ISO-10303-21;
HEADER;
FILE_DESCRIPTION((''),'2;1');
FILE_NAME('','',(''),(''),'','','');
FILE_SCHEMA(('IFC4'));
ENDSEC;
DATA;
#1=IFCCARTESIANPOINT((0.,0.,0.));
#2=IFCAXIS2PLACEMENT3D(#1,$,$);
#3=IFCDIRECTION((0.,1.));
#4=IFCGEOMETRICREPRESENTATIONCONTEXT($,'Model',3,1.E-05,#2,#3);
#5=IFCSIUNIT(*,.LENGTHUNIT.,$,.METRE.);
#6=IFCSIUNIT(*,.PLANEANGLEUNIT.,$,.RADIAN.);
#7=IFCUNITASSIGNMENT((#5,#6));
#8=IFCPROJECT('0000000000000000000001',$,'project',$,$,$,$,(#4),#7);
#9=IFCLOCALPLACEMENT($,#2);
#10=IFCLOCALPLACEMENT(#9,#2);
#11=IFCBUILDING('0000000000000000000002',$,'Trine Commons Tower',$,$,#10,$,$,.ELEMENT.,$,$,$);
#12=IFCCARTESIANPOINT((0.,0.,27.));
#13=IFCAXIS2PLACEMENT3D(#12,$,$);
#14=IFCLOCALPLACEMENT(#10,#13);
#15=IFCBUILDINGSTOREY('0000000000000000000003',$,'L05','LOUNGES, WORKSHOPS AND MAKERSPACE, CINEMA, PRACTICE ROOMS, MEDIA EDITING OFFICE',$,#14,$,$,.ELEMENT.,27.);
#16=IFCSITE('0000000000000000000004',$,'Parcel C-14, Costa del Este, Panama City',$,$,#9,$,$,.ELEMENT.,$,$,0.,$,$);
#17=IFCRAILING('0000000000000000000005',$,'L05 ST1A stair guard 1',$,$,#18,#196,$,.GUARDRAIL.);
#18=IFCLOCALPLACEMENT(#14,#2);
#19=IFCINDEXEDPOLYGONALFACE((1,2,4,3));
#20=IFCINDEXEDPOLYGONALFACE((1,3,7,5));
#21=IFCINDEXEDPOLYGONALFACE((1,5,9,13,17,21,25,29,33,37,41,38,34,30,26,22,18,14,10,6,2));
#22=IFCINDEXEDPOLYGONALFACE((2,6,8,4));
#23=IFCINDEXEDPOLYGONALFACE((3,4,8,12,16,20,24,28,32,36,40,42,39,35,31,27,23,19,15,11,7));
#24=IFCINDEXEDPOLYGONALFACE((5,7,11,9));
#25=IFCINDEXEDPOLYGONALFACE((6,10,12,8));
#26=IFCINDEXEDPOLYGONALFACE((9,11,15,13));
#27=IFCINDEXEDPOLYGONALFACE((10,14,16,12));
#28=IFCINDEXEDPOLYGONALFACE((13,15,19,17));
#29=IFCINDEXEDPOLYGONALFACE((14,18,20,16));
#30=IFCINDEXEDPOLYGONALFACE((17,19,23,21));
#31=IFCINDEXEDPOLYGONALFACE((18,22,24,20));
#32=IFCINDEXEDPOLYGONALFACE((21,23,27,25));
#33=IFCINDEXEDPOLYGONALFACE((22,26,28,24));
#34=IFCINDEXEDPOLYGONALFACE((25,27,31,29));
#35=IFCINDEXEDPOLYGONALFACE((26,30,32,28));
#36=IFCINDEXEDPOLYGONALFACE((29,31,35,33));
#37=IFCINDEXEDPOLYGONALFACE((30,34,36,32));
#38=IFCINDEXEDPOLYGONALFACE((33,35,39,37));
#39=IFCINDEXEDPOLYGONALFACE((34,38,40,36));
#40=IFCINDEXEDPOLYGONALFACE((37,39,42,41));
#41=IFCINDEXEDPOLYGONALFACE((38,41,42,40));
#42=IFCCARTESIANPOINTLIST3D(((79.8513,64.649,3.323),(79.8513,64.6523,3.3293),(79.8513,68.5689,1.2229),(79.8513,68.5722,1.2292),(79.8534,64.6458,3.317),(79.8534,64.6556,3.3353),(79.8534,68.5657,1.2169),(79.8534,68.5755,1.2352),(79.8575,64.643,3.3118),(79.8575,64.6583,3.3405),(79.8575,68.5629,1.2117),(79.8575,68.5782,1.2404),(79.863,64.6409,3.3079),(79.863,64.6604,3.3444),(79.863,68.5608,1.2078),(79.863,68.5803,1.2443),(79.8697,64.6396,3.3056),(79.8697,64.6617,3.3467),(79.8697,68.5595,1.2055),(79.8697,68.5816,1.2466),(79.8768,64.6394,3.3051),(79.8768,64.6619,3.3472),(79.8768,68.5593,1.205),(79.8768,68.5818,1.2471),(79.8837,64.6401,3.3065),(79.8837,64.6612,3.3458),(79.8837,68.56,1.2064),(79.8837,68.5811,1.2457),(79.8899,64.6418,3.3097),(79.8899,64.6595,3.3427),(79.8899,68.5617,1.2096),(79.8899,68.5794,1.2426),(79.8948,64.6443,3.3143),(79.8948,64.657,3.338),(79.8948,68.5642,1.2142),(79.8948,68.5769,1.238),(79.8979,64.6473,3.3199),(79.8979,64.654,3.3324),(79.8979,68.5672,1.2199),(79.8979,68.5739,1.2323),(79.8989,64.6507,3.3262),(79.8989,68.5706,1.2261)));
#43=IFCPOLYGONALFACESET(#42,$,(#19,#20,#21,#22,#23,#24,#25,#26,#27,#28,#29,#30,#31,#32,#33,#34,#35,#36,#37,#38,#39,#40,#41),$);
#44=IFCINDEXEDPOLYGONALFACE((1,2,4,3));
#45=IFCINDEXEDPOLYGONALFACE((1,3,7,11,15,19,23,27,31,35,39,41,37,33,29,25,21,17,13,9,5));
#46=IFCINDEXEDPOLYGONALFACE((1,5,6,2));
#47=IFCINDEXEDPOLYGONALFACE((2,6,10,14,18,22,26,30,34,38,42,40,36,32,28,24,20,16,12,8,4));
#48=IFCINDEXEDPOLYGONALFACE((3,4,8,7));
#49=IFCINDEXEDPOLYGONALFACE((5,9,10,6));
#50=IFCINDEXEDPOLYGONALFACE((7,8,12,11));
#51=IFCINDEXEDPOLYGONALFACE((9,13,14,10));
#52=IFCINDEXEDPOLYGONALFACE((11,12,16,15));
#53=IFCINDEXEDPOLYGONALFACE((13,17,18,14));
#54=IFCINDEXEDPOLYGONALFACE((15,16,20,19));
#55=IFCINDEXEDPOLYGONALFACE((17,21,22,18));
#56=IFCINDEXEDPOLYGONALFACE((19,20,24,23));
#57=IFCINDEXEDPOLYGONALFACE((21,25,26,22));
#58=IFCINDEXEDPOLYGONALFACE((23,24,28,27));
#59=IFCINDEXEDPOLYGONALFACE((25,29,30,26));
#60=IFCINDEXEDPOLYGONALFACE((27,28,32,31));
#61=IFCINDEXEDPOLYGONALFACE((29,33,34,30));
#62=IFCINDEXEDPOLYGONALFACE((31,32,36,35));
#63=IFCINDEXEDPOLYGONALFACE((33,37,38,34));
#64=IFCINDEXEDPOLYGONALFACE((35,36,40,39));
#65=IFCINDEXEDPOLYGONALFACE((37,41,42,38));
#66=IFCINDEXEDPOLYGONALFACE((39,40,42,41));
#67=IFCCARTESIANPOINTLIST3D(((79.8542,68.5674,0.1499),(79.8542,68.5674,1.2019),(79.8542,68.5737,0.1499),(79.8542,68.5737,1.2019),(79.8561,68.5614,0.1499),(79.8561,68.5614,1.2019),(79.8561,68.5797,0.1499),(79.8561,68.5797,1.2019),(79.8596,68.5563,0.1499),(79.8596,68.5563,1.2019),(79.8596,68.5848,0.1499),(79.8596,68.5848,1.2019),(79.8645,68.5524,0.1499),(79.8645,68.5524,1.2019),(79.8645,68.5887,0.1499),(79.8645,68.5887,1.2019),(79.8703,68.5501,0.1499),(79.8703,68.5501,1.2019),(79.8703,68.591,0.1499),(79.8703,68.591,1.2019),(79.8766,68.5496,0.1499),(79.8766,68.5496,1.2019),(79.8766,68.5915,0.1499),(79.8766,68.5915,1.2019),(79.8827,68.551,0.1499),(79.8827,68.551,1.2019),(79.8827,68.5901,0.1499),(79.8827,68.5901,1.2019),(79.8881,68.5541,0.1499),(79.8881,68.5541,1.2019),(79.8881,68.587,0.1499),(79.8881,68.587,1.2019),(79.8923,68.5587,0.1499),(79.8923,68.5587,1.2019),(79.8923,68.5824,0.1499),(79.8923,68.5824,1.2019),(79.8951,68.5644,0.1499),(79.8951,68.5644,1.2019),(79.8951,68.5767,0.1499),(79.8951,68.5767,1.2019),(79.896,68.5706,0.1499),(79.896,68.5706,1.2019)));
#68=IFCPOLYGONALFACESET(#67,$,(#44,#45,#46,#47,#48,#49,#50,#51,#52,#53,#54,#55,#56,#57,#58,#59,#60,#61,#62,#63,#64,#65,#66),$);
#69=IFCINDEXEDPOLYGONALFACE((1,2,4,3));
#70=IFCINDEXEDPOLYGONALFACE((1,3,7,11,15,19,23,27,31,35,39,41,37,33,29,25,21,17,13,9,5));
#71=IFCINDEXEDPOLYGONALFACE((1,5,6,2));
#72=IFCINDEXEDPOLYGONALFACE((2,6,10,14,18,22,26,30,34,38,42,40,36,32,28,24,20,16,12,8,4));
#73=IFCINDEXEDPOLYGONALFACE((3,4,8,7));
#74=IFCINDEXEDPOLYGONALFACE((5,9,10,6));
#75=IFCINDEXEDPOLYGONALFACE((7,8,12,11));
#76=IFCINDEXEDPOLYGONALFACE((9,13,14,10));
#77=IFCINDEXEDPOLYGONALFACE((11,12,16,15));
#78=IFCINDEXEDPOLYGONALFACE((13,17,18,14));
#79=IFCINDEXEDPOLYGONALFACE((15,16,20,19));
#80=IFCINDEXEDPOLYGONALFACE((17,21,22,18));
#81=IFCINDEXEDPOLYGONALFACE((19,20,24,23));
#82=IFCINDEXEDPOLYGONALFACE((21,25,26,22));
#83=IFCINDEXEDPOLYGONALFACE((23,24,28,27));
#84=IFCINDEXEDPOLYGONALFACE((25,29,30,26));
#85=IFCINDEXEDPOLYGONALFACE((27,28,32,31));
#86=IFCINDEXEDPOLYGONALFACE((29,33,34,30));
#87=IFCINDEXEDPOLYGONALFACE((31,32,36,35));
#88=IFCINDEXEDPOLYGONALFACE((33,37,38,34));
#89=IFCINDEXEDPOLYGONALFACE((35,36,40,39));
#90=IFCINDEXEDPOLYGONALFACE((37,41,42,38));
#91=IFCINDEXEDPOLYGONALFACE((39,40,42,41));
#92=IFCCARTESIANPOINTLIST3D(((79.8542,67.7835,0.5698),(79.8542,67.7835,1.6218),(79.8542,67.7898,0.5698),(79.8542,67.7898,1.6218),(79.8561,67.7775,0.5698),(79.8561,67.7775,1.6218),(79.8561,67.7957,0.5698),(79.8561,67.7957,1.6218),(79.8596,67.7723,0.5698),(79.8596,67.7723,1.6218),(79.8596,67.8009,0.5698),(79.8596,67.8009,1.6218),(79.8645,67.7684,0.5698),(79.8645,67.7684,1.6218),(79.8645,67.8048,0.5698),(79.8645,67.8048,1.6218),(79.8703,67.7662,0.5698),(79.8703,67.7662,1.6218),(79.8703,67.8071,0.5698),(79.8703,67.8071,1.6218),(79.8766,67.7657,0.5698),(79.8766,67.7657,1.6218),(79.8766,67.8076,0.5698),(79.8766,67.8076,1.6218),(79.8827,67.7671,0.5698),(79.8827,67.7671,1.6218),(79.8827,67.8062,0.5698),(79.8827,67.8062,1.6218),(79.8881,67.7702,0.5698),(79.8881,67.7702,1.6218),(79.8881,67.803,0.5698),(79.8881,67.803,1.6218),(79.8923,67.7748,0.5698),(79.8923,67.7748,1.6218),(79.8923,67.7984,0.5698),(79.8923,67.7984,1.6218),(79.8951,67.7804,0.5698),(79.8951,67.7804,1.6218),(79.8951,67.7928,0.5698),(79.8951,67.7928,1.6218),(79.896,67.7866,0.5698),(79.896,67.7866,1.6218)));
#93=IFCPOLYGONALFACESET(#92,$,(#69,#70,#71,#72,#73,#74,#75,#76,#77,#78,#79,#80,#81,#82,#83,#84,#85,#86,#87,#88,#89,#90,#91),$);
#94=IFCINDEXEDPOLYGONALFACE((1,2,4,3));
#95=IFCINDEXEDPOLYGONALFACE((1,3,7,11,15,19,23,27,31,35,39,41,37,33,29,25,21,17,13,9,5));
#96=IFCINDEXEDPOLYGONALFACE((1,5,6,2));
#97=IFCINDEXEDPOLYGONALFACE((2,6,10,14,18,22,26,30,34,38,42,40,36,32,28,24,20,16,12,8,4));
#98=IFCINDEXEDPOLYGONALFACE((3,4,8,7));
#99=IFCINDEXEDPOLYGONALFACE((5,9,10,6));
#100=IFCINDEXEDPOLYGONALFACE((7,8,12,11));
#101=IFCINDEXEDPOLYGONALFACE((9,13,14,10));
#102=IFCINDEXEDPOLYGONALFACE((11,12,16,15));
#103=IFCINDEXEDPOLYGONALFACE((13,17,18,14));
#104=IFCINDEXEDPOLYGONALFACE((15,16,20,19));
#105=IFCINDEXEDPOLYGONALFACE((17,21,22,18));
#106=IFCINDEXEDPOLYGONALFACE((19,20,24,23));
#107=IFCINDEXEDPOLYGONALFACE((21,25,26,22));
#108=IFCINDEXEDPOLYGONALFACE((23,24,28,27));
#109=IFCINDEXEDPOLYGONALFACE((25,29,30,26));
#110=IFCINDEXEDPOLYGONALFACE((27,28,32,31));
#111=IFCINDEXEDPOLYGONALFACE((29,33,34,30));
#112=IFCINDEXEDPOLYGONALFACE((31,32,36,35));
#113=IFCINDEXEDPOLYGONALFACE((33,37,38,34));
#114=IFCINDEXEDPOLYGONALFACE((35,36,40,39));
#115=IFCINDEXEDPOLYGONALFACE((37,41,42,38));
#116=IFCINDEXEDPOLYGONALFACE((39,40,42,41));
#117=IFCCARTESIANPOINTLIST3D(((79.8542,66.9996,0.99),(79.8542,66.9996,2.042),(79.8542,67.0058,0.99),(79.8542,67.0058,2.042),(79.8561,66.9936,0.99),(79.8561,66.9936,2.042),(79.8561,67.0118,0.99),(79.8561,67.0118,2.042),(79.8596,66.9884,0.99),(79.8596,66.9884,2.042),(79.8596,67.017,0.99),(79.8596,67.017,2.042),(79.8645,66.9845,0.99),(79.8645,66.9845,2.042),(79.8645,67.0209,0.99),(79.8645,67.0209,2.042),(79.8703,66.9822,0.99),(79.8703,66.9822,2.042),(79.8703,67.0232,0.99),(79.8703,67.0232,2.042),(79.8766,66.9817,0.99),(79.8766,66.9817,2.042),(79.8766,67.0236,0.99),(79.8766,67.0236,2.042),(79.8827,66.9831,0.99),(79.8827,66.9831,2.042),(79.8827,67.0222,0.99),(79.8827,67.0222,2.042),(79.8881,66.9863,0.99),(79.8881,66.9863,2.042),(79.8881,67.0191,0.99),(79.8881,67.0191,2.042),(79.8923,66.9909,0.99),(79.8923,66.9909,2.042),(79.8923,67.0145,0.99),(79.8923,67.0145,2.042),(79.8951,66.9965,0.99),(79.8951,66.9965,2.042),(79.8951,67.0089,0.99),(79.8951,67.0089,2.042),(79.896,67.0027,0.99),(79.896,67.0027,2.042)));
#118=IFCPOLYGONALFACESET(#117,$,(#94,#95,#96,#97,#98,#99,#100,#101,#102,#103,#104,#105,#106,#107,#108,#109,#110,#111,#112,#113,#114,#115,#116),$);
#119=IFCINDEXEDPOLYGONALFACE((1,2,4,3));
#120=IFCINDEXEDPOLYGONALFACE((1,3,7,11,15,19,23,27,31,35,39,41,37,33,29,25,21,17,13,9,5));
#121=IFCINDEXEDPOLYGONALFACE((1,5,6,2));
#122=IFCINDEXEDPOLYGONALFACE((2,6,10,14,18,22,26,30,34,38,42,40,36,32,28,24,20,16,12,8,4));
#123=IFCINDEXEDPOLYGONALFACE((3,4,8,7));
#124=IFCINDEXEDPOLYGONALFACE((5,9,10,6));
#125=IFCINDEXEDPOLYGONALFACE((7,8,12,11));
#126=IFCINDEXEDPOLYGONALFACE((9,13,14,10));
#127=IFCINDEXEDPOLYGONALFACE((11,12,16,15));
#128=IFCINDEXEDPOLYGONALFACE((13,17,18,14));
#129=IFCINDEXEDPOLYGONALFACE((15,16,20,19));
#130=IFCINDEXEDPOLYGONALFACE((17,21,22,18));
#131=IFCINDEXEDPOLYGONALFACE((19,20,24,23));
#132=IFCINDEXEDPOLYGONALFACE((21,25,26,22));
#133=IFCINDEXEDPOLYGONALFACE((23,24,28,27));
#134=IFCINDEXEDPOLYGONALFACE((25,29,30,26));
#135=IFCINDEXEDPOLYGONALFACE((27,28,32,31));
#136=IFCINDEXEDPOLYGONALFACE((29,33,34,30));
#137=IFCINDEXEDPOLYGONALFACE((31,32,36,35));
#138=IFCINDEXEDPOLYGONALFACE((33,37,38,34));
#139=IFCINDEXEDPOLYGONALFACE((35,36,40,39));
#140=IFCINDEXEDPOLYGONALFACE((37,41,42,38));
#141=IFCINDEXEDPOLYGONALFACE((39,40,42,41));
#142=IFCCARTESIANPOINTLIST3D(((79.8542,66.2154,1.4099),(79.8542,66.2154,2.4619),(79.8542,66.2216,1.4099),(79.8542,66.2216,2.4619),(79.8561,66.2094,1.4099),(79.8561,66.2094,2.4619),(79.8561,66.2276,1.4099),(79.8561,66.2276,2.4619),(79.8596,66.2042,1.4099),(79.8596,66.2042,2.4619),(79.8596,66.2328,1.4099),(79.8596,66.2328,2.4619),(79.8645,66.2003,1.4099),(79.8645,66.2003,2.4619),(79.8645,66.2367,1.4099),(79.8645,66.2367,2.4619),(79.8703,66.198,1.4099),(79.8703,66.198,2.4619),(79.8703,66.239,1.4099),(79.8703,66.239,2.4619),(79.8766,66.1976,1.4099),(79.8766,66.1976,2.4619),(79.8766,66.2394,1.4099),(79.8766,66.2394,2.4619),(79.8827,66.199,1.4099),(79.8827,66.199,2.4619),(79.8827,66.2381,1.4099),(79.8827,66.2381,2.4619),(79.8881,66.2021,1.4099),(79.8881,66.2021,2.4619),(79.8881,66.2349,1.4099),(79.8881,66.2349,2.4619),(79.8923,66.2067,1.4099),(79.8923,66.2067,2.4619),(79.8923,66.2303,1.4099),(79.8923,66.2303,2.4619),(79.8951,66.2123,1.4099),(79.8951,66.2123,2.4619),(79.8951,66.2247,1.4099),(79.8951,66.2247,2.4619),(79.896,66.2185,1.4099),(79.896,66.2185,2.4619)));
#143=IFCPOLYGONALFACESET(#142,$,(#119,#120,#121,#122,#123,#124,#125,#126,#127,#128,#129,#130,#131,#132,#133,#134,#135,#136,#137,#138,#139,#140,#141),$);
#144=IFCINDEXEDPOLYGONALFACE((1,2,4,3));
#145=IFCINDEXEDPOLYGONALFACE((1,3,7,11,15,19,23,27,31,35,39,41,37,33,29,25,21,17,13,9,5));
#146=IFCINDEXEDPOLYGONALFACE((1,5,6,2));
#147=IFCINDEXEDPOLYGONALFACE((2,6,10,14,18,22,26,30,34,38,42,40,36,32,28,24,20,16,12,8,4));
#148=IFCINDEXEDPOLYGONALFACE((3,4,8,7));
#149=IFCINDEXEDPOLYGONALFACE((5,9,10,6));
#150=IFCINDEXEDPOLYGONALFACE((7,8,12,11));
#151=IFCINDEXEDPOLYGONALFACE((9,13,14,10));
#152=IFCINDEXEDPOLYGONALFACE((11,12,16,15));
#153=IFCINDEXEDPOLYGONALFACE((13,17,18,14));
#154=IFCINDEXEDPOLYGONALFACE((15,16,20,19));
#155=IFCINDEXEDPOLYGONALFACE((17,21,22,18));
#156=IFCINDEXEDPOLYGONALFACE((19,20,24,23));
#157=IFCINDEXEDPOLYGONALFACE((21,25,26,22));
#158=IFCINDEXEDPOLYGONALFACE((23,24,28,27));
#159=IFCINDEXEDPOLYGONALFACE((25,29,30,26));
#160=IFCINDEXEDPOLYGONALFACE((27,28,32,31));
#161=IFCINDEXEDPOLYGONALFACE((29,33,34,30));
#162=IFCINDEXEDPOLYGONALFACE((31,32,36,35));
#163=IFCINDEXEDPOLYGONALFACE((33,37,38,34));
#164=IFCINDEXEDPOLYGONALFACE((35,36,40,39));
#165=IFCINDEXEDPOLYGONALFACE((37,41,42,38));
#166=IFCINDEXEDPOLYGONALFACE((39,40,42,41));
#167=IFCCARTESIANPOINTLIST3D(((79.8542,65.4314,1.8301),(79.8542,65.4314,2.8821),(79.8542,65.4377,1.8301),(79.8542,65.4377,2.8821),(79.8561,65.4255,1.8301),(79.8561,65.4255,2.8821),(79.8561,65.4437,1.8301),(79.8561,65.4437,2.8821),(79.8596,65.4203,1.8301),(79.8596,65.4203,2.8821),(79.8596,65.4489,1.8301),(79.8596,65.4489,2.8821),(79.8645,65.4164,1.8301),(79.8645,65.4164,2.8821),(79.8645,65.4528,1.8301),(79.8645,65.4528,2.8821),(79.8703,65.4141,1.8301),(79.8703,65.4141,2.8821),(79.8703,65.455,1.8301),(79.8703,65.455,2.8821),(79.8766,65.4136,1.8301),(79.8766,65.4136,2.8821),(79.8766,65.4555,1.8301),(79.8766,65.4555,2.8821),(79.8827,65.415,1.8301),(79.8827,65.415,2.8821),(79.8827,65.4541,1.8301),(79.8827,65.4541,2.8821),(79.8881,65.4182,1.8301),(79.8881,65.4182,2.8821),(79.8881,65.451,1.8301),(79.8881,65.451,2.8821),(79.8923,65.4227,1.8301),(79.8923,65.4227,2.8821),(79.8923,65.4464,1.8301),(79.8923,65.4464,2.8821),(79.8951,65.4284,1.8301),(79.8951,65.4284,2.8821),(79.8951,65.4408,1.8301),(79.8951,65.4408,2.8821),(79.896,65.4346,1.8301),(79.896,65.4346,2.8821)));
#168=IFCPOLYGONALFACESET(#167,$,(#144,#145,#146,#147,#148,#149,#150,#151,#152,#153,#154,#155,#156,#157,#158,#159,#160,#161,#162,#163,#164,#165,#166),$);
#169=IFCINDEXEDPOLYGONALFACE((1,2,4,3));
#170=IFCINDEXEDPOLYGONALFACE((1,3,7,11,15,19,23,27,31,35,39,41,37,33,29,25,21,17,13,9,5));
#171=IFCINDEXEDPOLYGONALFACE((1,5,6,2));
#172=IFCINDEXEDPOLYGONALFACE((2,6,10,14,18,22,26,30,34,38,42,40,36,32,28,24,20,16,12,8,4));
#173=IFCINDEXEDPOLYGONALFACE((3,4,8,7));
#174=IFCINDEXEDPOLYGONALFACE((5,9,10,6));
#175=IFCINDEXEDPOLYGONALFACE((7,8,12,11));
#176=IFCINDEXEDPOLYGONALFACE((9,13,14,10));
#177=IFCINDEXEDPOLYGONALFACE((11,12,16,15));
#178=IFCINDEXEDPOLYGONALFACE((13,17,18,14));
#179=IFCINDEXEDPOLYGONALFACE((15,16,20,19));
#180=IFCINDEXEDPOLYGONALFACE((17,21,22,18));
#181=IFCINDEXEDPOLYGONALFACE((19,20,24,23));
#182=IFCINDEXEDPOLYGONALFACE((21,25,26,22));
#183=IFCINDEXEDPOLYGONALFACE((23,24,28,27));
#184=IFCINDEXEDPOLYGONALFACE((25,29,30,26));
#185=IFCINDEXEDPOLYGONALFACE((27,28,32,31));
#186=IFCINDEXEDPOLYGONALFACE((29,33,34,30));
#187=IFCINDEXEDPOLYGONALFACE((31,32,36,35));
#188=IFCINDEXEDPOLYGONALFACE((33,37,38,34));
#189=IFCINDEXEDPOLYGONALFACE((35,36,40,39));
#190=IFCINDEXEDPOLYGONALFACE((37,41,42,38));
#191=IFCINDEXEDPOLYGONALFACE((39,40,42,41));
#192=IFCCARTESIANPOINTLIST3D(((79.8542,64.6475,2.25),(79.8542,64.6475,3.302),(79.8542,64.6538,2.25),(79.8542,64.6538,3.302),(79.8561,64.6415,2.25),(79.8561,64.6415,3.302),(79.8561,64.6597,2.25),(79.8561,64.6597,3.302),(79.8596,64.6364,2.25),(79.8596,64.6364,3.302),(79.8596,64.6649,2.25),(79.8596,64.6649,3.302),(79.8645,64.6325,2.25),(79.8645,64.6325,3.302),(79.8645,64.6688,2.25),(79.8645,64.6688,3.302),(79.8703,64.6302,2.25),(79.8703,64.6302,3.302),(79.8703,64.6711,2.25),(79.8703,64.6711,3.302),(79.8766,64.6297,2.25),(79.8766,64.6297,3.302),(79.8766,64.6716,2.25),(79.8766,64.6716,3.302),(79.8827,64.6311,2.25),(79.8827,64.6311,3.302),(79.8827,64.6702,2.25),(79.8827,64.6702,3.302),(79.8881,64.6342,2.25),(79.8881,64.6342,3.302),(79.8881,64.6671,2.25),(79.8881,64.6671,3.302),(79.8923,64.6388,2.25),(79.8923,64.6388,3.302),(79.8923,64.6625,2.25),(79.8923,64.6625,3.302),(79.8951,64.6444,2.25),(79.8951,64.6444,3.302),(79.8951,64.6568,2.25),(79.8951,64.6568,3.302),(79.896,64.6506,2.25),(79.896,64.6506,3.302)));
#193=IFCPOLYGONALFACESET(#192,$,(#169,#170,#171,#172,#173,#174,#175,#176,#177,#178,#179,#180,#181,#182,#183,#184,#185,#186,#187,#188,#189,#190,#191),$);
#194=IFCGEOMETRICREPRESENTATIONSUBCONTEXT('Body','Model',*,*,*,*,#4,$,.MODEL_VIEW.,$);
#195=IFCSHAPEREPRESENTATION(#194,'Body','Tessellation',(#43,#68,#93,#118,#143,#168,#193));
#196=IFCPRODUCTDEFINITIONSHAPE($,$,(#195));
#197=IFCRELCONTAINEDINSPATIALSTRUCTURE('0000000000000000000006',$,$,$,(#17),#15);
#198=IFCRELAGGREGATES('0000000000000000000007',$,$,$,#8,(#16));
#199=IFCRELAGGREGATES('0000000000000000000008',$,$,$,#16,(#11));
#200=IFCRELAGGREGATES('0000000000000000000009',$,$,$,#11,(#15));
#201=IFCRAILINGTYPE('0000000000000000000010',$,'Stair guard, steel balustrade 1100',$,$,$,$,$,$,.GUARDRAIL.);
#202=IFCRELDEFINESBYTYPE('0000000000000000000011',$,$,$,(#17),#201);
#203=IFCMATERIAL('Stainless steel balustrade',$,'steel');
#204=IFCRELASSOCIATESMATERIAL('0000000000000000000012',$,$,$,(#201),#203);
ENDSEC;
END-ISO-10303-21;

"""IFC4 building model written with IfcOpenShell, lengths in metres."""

from ifc_helpers import new_model, si_unit, direction, frame, origin, origin_2d, place, context, subcontext, project, spatial, circle, extrude, material, type_object, element, save


model = new_model("IFC4")

# Units and contexts
model_context = context("Model", 3, precision=1e-05, world=origin(), true_north=direction((0.0, 1.0)))
body_context = subcontext(model_context, "Body", "Model", "MODEL_VIEW")
ifc_project = project(units=[si_unit("LENGTHUNIT", "METRE"), si_unit("PLANEANGLEUNIT", "RADIAN")], contexts=[model_context])

# Site, building, storey
site_placement = place(None, origin())
site = spatial("IfcSite", under=ifc_project, at=site_placement, Name="Parcel C-14, Costa del Este, Panama City", CompositionType="ELEMENT", RefElevation=0.0)
building_placement = place(site_placement, origin())
building = spatial("IfcBuilding", under=site, at=building_placement, Name="Trine Commons Tower", CompositionType="ELEMENT")
storey_placement = place(building_placement, frame((0.0, 0.0, 27.0)))
storey = spatial("IfcBuildingStorey", under=building, at=storey_placement, Name="L05", Description="LOUNGES, WORKSHOPS AND MAKERSPACE, CINEMA, PRACTICE ROOMS, MEDIA EDITING OFFICE", CompositionType="ELEMENT", Elevation=27.0)

# Railing
ifc_material_1 = material(Name="Stainless steel balustrade", Category="steel")
railing_type_1 = type_object("IfcRailingType", Name="Stair guard, steel balustrade 1100", PredefinedType="GUARDRAIL", material=ifc_material_1)
railing_1_placement = place(storey_placement, frame((79.875, 68.5706, 0.1499)))
element("IfcRailing", 1, at=railing_1_placement, inside=storey, type_object=railing_type_1, Name="L05 ST1A stair guard 1", PredefinedType="GUARDRAIL", context=body_context, shape_type="SweptSolid", body=[
    extrude(circle(Radius=0.0239, at=origin_2d()), frame((0.0, 0.0, 1.0762), z_axis=(0.0, -0.881467, 0.472246), x_axis=(1.0, 0.0, 0.0)), (0.0, 0.0, 1.0), 4.447),
    extrude(circle(Radius=0.021, at=origin_2d()), origin(), (0.0, 0.0, 1.0), 1.052),
    extrude(circle(Radius=0.021, at=origin_2d()), frame((0.0, -0.7839, 0.4199)), (0.0, 0.0, 1.0), 1.052),
    extrude(circle(Radius=0.021, at=origin_2d()), frame((0.0, -1.5679, 0.8401)), (0.0, 0.0, 1.0), 1.052),
    extrude(circle(Radius=0.021, at=origin_2d()), frame((0.0, -2.3521, 1.26)), (0.0, 0.0, 1.0), 1.052),
    extrude(circle(Radius=0.021, at=origin_2d()), frame((0.0, -3.136, 1.6802)), (0.0, 0.0, 1.0), 1.052),
    extrude(circle(Radius=0.021, at=origin_2d()), frame((0.0, -3.9199, 2.1001)), (0.0, 0.0, 1.0), 1.052),
])

save(model, "model.ifc")
